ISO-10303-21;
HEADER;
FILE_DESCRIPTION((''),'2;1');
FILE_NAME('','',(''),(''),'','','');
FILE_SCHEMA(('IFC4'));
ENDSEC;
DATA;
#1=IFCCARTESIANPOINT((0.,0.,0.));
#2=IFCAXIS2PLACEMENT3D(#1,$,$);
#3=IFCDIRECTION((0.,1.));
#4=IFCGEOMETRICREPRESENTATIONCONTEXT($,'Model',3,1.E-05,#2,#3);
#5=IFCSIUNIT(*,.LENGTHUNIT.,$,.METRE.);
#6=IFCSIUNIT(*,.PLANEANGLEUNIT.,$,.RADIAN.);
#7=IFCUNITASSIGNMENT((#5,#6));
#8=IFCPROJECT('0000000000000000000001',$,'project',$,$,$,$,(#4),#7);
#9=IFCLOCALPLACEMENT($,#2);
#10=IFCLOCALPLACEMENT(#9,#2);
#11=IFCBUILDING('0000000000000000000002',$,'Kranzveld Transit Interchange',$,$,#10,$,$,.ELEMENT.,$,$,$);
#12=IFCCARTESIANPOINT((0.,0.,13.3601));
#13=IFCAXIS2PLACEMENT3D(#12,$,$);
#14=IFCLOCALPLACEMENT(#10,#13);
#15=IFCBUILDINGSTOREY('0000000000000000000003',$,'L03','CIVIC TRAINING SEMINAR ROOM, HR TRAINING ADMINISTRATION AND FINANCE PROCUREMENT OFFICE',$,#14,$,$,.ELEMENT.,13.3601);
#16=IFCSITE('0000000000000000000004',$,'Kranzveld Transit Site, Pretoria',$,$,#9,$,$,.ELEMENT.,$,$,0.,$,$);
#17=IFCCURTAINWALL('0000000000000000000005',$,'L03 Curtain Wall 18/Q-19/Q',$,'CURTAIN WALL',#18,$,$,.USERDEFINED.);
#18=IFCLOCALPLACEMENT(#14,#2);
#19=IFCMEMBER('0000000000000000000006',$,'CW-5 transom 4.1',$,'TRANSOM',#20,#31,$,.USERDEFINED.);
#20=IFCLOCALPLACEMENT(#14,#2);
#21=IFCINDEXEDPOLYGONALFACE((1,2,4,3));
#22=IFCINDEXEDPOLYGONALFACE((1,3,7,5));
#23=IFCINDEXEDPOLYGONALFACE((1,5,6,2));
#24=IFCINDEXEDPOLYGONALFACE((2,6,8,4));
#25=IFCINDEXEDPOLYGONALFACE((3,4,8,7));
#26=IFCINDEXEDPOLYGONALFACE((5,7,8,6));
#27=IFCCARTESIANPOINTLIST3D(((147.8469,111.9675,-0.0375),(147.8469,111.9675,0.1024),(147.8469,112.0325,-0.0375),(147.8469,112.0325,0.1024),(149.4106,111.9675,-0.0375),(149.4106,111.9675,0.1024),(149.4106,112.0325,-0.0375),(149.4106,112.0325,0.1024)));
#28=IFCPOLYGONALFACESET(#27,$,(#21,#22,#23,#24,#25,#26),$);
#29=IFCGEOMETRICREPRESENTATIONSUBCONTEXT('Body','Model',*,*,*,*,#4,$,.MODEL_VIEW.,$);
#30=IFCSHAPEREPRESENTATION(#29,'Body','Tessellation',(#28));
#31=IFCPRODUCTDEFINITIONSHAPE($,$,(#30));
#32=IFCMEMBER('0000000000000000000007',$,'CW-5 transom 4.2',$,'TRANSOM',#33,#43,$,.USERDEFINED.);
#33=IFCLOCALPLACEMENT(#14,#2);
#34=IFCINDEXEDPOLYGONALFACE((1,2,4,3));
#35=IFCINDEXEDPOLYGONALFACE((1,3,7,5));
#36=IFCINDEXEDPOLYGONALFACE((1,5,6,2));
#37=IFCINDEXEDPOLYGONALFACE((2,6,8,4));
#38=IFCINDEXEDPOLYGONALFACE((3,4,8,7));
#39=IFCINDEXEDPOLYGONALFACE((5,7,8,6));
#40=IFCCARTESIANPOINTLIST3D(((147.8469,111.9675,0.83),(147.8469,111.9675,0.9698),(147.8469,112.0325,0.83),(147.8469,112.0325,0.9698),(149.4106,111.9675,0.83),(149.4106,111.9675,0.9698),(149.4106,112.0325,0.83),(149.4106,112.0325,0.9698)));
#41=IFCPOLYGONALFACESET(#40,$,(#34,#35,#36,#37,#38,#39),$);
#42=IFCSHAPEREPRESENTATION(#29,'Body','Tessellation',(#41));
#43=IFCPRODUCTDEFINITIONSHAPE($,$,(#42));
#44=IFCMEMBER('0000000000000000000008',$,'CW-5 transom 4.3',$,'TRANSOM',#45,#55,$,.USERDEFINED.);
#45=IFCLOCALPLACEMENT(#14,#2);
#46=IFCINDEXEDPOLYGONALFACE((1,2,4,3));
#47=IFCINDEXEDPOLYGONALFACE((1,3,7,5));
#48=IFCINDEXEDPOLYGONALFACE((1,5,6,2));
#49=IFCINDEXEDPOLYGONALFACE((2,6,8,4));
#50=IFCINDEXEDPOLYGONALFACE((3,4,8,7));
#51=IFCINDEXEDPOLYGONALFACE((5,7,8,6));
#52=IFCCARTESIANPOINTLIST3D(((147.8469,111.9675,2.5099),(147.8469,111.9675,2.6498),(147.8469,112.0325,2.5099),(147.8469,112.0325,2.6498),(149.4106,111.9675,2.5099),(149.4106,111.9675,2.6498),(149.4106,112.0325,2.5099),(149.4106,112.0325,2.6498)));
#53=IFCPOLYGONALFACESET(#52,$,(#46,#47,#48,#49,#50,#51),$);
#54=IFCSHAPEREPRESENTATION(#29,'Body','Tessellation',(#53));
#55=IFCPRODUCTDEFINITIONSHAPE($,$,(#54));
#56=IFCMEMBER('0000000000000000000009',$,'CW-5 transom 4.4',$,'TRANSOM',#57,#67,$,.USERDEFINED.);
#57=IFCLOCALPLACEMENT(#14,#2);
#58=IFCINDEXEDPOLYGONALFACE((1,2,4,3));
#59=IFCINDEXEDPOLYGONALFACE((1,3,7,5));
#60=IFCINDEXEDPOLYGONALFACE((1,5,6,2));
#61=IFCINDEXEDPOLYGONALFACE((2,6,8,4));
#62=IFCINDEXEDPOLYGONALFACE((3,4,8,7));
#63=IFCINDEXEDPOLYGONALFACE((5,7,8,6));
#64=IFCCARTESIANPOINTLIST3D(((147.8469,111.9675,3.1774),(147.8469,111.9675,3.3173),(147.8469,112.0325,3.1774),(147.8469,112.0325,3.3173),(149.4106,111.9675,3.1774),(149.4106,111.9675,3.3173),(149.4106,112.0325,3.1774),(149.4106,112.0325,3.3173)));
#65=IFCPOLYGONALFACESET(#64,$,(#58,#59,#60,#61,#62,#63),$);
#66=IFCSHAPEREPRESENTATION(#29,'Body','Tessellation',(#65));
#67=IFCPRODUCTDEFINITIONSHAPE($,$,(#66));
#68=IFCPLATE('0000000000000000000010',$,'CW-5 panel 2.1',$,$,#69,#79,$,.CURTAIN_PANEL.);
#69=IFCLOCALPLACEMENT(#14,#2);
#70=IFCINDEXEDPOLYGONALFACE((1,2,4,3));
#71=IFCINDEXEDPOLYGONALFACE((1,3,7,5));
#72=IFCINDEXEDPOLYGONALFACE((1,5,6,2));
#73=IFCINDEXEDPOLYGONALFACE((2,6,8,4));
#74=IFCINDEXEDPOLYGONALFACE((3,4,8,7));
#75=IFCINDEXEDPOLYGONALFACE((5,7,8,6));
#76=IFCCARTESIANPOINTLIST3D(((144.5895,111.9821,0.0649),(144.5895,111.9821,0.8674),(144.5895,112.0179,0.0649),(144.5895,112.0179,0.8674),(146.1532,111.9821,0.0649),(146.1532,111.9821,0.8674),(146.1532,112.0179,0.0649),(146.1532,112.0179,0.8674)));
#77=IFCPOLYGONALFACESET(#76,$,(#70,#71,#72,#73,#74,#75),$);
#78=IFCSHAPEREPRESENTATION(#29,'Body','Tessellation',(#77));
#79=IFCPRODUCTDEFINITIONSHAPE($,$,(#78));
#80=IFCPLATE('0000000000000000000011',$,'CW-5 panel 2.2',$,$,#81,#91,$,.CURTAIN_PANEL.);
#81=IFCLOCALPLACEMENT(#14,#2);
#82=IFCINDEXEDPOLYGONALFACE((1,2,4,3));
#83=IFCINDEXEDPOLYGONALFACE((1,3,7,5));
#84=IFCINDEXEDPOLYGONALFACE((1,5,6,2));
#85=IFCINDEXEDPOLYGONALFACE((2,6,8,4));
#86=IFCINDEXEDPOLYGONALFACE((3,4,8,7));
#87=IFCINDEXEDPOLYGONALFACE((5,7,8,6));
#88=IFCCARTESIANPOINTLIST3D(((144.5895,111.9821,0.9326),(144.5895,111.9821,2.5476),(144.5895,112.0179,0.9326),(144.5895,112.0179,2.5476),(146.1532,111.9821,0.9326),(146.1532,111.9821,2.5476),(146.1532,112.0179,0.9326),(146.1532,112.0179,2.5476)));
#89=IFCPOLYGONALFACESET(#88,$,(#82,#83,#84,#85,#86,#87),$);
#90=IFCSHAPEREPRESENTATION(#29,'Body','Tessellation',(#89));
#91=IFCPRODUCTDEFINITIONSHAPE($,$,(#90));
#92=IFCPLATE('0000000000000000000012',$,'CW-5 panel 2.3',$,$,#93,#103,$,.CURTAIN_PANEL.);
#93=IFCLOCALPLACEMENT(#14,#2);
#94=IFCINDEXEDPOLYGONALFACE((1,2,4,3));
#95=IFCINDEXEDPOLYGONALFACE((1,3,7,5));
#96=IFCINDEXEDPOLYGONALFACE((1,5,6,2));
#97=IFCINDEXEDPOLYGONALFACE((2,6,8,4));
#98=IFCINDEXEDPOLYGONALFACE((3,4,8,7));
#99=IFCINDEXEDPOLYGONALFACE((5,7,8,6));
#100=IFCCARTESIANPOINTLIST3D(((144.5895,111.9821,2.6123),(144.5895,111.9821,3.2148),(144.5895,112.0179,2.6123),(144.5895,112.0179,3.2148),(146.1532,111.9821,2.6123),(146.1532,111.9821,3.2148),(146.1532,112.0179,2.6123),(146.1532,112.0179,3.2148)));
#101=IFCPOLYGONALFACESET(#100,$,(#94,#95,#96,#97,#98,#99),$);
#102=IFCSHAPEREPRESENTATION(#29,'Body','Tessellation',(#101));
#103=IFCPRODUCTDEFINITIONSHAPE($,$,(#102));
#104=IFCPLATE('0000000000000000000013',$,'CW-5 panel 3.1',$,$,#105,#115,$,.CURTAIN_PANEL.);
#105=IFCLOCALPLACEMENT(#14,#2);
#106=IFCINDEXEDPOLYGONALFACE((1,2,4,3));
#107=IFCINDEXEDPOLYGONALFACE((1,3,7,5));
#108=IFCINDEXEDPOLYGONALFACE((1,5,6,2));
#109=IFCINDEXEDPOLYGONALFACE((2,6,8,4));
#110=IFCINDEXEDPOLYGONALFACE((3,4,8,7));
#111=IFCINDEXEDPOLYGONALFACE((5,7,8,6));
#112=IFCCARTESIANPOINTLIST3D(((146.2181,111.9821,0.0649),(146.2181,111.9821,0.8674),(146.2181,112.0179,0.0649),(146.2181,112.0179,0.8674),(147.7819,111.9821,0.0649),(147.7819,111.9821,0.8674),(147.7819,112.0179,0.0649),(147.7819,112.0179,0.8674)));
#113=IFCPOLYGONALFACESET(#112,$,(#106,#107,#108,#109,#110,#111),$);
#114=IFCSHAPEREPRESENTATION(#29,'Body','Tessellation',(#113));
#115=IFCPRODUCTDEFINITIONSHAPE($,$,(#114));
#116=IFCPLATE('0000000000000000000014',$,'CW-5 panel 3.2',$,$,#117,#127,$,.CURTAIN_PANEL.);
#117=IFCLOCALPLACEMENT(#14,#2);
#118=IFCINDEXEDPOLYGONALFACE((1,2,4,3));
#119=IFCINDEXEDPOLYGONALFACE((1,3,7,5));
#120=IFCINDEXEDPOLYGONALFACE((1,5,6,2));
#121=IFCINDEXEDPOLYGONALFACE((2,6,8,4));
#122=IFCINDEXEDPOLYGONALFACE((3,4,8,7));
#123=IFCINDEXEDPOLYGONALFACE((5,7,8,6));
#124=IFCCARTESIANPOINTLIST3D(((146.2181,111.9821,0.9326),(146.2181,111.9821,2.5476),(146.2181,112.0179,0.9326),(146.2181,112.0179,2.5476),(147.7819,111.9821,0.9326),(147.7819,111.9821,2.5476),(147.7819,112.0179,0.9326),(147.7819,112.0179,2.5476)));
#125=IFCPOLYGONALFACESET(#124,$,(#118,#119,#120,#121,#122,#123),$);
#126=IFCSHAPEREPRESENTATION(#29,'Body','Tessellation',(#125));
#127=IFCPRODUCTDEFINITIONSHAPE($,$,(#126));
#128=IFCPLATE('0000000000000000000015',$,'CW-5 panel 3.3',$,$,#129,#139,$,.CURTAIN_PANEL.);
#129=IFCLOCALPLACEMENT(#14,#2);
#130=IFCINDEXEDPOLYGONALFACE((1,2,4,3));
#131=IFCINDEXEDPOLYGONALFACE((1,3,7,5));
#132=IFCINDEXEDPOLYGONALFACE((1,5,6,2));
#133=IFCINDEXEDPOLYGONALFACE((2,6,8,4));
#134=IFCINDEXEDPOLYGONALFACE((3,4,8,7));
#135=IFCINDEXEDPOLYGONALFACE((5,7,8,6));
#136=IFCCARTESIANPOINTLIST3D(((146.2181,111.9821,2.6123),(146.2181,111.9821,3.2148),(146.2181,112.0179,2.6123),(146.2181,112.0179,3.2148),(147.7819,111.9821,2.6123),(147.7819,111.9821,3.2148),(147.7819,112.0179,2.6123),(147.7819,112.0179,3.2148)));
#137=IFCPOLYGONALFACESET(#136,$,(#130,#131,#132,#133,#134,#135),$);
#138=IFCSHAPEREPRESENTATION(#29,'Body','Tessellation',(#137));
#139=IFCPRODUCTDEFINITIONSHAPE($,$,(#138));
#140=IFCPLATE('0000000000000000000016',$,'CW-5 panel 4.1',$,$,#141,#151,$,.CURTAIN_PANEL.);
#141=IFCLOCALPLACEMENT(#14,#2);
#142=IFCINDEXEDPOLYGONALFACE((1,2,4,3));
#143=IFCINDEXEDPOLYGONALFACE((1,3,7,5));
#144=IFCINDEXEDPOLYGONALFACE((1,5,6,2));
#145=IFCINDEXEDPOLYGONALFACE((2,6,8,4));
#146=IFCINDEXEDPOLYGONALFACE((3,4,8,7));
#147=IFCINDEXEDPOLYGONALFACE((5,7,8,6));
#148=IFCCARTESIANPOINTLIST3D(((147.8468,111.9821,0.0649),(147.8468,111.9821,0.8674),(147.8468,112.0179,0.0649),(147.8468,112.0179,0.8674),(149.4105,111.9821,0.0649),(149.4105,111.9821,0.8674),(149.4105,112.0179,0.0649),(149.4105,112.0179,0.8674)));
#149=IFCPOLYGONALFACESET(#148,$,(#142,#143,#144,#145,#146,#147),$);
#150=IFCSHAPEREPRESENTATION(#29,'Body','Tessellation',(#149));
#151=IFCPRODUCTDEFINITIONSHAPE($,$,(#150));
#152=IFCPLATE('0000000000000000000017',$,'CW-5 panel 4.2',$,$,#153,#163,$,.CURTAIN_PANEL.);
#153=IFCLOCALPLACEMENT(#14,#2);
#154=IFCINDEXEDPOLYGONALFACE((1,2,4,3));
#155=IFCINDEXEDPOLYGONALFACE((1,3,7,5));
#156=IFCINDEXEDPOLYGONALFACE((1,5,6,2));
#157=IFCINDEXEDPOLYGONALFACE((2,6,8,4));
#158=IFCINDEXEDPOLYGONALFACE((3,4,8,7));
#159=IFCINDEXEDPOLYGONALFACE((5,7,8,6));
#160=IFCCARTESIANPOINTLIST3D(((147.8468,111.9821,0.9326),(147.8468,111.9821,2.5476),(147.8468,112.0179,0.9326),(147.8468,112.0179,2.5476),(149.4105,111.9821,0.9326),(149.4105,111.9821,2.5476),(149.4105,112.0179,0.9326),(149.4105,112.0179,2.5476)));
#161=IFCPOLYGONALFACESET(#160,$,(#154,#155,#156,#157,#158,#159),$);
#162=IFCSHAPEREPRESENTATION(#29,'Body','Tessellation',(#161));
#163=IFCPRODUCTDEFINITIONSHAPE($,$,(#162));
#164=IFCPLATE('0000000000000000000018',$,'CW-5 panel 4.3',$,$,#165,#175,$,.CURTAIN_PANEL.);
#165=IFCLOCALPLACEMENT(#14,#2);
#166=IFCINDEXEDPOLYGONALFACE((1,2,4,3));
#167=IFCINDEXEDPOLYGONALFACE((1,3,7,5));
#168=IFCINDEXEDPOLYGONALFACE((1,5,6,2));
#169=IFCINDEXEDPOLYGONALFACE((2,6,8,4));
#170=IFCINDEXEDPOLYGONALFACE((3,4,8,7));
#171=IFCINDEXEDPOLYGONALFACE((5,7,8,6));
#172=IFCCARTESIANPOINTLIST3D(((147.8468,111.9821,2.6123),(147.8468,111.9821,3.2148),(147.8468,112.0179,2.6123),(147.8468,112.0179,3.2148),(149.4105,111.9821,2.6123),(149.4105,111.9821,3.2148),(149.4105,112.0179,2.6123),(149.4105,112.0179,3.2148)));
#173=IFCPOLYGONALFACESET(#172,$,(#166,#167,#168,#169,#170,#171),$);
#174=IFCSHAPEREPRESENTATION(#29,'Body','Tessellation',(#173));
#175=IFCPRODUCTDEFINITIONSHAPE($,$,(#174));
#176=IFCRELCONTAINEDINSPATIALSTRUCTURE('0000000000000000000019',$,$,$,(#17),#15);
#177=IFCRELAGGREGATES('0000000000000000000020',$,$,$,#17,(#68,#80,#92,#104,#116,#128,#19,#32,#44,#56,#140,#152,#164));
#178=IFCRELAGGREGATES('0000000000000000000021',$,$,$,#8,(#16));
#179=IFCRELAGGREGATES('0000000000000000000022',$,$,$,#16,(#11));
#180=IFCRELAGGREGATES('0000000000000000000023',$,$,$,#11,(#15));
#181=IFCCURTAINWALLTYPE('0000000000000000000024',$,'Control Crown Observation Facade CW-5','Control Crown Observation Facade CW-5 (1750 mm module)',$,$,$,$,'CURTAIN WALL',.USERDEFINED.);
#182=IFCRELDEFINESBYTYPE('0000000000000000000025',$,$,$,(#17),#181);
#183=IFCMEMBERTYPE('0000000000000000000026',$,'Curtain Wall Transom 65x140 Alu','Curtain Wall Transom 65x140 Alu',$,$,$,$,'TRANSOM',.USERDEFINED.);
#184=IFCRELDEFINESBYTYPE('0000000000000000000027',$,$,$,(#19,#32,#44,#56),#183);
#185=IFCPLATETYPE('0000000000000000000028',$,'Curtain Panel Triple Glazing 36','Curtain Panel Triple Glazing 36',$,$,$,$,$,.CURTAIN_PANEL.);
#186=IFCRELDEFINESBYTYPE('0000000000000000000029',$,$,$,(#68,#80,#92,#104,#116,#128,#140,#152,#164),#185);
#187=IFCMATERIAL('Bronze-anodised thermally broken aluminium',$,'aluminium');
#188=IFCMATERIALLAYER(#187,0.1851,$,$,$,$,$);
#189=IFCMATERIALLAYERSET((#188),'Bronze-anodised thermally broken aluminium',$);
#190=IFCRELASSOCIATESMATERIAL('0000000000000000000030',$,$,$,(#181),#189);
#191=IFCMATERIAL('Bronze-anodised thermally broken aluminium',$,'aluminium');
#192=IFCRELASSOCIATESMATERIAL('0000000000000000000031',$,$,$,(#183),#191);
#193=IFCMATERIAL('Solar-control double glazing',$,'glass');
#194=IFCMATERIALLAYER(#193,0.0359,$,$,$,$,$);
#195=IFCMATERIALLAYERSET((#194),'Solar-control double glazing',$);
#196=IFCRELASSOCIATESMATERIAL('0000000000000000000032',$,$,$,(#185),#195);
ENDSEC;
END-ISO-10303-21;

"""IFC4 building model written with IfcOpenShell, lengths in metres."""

from ifc_helpers import new_model, si_unit, direction, frame, origin, origin_2d, place, context, subcontext, project, spatial, rectangle, extrude, material, layer, layer_set, material_profile, profile_set, type_object, element, aggregate, save


model = new_model("IFC4")

# Units and contexts
model_context = context("Model", 3, precision=1e-05, world=origin(), true_north=direction((0.0, 1.0)))
body_context = subcontext(model_context, "Body", "Model", "MODEL_VIEW")
ifc_project = project(units=[si_unit("LENGTHUNIT", "METRE"), si_unit("PLANEANGLEUNIT", "RADIAN")], contexts=[model_context])

# Site, building, storey
site_placement = place(None, origin())
site = spatial("IfcSite", under=ifc_project, at=site_placement, Name="Kranzveld Transit Site, Pretoria", CompositionType="ELEMENT", RefElevation=0.0)
building_placement = place(site_placement, origin())
building = spatial("IfcBuilding", under=site, at=building_placement, Name="Kranzveld Transit Interchange", CompositionType="ELEMENT")
storey_placement = place(building_placement, frame((0.0, 0.0, 13.3601)))
storey = spatial("IfcBuildingStorey", under=building, at=storey_placement, Name="L03", Description="CIVIC TRAINING SEMINAR ROOM, HR TRAINING ADMINISTRATION AND FINANCE PROCUREMENT OFFICE", CompositionType="ELEMENT", Elevation=13.3601)

# Curtain wall
ifc_material_1 = material(Name="Bronze-anodised thermally broken aluminium", Category="aluminium")
ifc_layer_1 = layer(ifc_material_1, 0.1851)
ifc_layer_set_1 = layer_set([ifc_layer_1], Name="Bronze-anodised thermally broken aluminium")
curtain_wall_type_1 = type_object("IfcCurtainWallType", Name="Control Crown Observation Facade CW-5", Description="Control Crown Observation Facade CW-5 (1750 mm module)", ElementType="CURTAIN WALL", PredefinedType="USERDEFINED", material=ifc_layer_set_1)
curtain_wall_1_placement = place(storey_placement, origin())
curtain_wall_1 = element("IfcCurtainWall", 1, at=curtain_wall_1_placement, inside=storey, type_object=curtain_wall_type_1, Name="L03 Curtain Wall 18/Q-19/Q", ObjectType="CURTAIN WALL", PredefinedType="USERDEFINED")

# Members
ifc_material_2 = material(Name="Bronze-anodised thermally broken aluminium", Category="aluminium")
ifc_material_profile_1 = material_profile(ifc_material_2, rectangle(XDim=0.0649, YDim=0.1399, at=origin_2d()), Name="ALU TRANSOM 65x140")
ifc_profile_set_1 = profile_set([ifc_material_profile_1], Name="Bronze-anodised thermally broken aluminium")
member_type_1 = type_object("IfcMemberType", Name="Curtain Wall Transom 65x140 Alu", Description="Curtain Wall Transom 65x140 Alu", ElementType="TRANSOM", PredefinedType="USERDEFINED", material=ifc_profile_set_1)
member_1_placement = place(storey_placement, frame((147.8469, 112.0, 0.0325), z_axis=(1.0, 0.0, 0.0), x_axis=(0.0, 1.0, 0.0)))
member_1 = element("IfcMember", 2, at=member_1_placement, type_object=member_type_1, Name="CW-5 transom 4.1", ObjectType="TRANSOM", PredefinedType="USERDEFINED", context=body_context, shape_type="SweptSolid", body=[
    extrude(rectangle(XDim=0.0649, YDim=0.1399, at=origin_2d()), origin(), (0.0, 0.0, 1.0), 1.5637),
])
member_2_placement = place(storey_placement, frame((147.8469, 112.0, 0.8999), z_axis=(1.0, 0.0, 0.0), x_axis=(0.0, 1.0, 0.0)))
member_2 = element("IfcMember", 3, at=member_2_placement, type_object=member_type_1, Name="CW-5 transom 4.2", ObjectType="TRANSOM", PredefinedType="USERDEFINED", context=body_context, shape_type="SweptSolid", body=[
    extrude(rectangle(XDim=0.0649, YDim=0.1399, at=origin_2d()), origin(), (0.0, 0.0, 1.0), 1.5637),
])
member_3_placement = place(storey_placement, frame((147.8469, 112.0, 2.5798), z_axis=(1.0, 0.0, 0.0), x_axis=(0.0, 1.0, 0.0)))
member_3 = element("IfcMember", 4, at=member_3_placement, type_object=member_type_1, Name="CW-5 transom 4.3", ObjectType="TRANSOM", PredefinedType="USERDEFINED", context=body_context, shape_type="SweptSolid", body=[
    extrude(rectangle(XDim=0.0649, YDim=0.1399, at=origin_2d()), origin(), (0.0, 0.0, 1.0), 1.5637),
])
member_4_placement = place(storey_placement, frame((147.8469, 112.0, 3.2473), z_axis=(1.0, 0.0, 0.0), x_axis=(0.0, 1.0, 0.0)))
member_4 = element("IfcMember", 5, at=member_4_placement, type_object=member_type_1, Name="CW-5 transom 4.4", ObjectType="TRANSOM", PredefinedType="USERDEFINED", context=body_context, shape_type="SweptSolid", body=[
    extrude(rectangle(XDim=0.0649, YDim=0.1399, at=origin_2d()), origin(), (0.0, 0.0, 1.0), 1.5637),
])

# Plates
ifc_material_3 = material(Name="Solar-control double glazing", Category="glass")
ifc_layer_2 = layer(ifc_material_3, 0.0359)
ifc_layer_set_2 = layer_set([ifc_layer_2], Name="Solar-control double glazing")
plate_type = type_object("IfcPlateType", Name="Curtain Panel Triple Glazing 36", Description="Curtain Panel Triple Glazing 36", PredefinedType="CURTAIN_PANEL", material=ifc_layer_set_2)
plate_1_placement = place(storey_placement, frame((145.3713, 112.0, 0.0649), z_axis=(0.0, 0.0, 1.0), x_axis=(1.0, 0.0, 0.0)))
plate_1 = element("IfcPlate", 6, at=plate_1_placement, type_object=plate_type, Name="CW-5 panel 2.1", PredefinedType="CURTAIN_PANEL", context=body_context, shape_type="SweptSolid", body=[
    extrude(rectangle(XDim=1.5637, YDim=0.0359, at=origin_2d()), origin(), (0.0, 0.0, 1.0), 0.8025),
])
plate_2_placement = place(storey_placement, frame((145.3713, 112.0, 0.9326), z_axis=(0.0, 0.0, 1.0), x_axis=(1.0, 0.0, 0.0)))
plate_2 = element("IfcPlate", 7, at=plate_2_placement, type_object=plate_type, Name="CW-5 panel 2.2", PredefinedType="CURTAIN_PANEL", context=body_context, shape_type="SweptSolid", body=[
    extrude(rectangle(XDim=1.5637, YDim=0.0359, at=origin_2d()), origin(), (0.0, 0.0, 1.0), 1.615),
])
plate_3_placement = place(storey_placement, frame((145.3713, 112.0, 2.6123), z_axis=(0.0, 0.0, 1.0), x_axis=(1.0, 0.0, 0.0)))
plate_3 = element("IfcPlate", 8, at=plate_3_placement, type_object=plate_type, Name="CW-5 panel 2.3", PredefinedType="CURTAIN_PANEL", context=body_context, shape_type="SweptSolid", body=[
    extrude(rectangle(XDim=1.5637, YDim=0.0359, at=origin_2d()), origin(), (0.0, 0.0, 1.0), 0.6025),
])
plate_4_placement = place(storey_placement, frame((147.0, 112.0, 0.0649), z_axis=(0.0, 0.0, 1.0), x_axis=(1.0, 0.0, 0.0)))
plate_4 = element("IfcPlate", 9, at=plate_4_placement, type_object=plate_type, Name="CW-5 panel 3.1", PredefinedType="CURTAIN_PANEL", context=body_context, shape_type="SweptSolid", body=[
    extrude(rectangle(XDim=1.5637, YDim=0.0359, at=origin_2d()), origin(), (0.0, 0.0, 1.0), 0.8025),
])
plate_5_placement = place(storey_placement, frame((147.0, 112.0, 0.9326), z_axis=(0.0, 0.0, 1.0), x_axis=(1.0, 0.0, 0.0)))
plate_5 = element("IfcPlate", 10, at=plate_5_placement, type_object=plate_type, Name="CW-5 panel 3.2", PredefinedType="CURTAIN_PANEL", context=body_context, shape_type="SweptSolid", body=[
    extrude(rectangle(XDim=1.5637, YDim=0.0359, at=origin_2d()), origin(), (0.0, 0.0, 1.0), 1.615),
])
plate_6_placement = place(storey_placement, frame((147.0, 112.0, 2.6123), z_axis=(0.0, 0.0, 1.0), x_axis=(1.0, 0.0, 0.0)))
plate_6 = element("IfcPlate", 11, at=plate_6_placement, type_object=plate_type, Name="CW-5 panel 3.3", PredefinedType="CURTAIN_PANEL", context=body_context, shape_type="SweptSolid", body=[
    extrude(rectangle(XDim=1.5637, YDim=0.0359, at=origin_2d()), origin(), (0.0, 0.0, 1.0), 0.6025),
])
plate_7_placement = place(storey_placement, frame((148.6287, 112.0, 0.0649), z_axis=(0.0, 0.0, 1.0), x_axis=(1.0, 0.0, 0.0)))
plate_7 = element("IfcPlate", 12, at=plate_7_placement, type_object=plate_type, Name="CW-5 panel 4.1", PredefinedType="CURTAIN_PANEL", context=body_context, shape_type="SweptSolid", body=[
    extrude(rectangle(XDim=1.5637, YDim=0.0359, at=origin_2d()), origin(), (0.0, 0.0, 1.0), 0.8025),
])
plate_8_placement = place(storey_placement, frame((148.6287, 112.0, 0.9326), z_axis=(0.0, 0.0, 1.0), x_axis=(1.0, 0.0, 0.0)))
plate_8 = element("IfcPlate", 13, at=plate_8_placement, type_object=plate_type, Name="CW-5 panel 4.2", PredefinedType="CURTAIN_PANEL", context=body_context, shape_type="SweptSolid", body=[
    extrude(rectangle(XDim=1.5637, YDim=0.0359, at=origin_2d()), origin(), (0.0, 0.0, 1.0), 1.615),
])
plate_9_placement = place(storey_placement, frame((148.6287, 112.0, 2.6123), z_axis=(0.0, 0.0, 1.0), x_axis=(1.0, 0.0, 0.0)))
plate_9 = element("IfcPlate", 14, at=plate_9_placement, type_object=plate_type, Name="CW-5 panel 4.3", PredefinedType="CURTAIN_PANEL", context=body_context, shape_type="SweptSolid", body=[
    extrude(rectangle(XDim=1.5637, YDim=0.0359, at=origin_2d()), origin(), (0.0, 0.0, 1.0), 0.6025),
])
aggregate(curtain_wall_1, [plate_1, plate_2, plate_3, plate_4, plate_5, plate_6, member_1, member_2, member_3, member_4, plate_7, plate_8, plate_9])

save(model, "model.ifc")
